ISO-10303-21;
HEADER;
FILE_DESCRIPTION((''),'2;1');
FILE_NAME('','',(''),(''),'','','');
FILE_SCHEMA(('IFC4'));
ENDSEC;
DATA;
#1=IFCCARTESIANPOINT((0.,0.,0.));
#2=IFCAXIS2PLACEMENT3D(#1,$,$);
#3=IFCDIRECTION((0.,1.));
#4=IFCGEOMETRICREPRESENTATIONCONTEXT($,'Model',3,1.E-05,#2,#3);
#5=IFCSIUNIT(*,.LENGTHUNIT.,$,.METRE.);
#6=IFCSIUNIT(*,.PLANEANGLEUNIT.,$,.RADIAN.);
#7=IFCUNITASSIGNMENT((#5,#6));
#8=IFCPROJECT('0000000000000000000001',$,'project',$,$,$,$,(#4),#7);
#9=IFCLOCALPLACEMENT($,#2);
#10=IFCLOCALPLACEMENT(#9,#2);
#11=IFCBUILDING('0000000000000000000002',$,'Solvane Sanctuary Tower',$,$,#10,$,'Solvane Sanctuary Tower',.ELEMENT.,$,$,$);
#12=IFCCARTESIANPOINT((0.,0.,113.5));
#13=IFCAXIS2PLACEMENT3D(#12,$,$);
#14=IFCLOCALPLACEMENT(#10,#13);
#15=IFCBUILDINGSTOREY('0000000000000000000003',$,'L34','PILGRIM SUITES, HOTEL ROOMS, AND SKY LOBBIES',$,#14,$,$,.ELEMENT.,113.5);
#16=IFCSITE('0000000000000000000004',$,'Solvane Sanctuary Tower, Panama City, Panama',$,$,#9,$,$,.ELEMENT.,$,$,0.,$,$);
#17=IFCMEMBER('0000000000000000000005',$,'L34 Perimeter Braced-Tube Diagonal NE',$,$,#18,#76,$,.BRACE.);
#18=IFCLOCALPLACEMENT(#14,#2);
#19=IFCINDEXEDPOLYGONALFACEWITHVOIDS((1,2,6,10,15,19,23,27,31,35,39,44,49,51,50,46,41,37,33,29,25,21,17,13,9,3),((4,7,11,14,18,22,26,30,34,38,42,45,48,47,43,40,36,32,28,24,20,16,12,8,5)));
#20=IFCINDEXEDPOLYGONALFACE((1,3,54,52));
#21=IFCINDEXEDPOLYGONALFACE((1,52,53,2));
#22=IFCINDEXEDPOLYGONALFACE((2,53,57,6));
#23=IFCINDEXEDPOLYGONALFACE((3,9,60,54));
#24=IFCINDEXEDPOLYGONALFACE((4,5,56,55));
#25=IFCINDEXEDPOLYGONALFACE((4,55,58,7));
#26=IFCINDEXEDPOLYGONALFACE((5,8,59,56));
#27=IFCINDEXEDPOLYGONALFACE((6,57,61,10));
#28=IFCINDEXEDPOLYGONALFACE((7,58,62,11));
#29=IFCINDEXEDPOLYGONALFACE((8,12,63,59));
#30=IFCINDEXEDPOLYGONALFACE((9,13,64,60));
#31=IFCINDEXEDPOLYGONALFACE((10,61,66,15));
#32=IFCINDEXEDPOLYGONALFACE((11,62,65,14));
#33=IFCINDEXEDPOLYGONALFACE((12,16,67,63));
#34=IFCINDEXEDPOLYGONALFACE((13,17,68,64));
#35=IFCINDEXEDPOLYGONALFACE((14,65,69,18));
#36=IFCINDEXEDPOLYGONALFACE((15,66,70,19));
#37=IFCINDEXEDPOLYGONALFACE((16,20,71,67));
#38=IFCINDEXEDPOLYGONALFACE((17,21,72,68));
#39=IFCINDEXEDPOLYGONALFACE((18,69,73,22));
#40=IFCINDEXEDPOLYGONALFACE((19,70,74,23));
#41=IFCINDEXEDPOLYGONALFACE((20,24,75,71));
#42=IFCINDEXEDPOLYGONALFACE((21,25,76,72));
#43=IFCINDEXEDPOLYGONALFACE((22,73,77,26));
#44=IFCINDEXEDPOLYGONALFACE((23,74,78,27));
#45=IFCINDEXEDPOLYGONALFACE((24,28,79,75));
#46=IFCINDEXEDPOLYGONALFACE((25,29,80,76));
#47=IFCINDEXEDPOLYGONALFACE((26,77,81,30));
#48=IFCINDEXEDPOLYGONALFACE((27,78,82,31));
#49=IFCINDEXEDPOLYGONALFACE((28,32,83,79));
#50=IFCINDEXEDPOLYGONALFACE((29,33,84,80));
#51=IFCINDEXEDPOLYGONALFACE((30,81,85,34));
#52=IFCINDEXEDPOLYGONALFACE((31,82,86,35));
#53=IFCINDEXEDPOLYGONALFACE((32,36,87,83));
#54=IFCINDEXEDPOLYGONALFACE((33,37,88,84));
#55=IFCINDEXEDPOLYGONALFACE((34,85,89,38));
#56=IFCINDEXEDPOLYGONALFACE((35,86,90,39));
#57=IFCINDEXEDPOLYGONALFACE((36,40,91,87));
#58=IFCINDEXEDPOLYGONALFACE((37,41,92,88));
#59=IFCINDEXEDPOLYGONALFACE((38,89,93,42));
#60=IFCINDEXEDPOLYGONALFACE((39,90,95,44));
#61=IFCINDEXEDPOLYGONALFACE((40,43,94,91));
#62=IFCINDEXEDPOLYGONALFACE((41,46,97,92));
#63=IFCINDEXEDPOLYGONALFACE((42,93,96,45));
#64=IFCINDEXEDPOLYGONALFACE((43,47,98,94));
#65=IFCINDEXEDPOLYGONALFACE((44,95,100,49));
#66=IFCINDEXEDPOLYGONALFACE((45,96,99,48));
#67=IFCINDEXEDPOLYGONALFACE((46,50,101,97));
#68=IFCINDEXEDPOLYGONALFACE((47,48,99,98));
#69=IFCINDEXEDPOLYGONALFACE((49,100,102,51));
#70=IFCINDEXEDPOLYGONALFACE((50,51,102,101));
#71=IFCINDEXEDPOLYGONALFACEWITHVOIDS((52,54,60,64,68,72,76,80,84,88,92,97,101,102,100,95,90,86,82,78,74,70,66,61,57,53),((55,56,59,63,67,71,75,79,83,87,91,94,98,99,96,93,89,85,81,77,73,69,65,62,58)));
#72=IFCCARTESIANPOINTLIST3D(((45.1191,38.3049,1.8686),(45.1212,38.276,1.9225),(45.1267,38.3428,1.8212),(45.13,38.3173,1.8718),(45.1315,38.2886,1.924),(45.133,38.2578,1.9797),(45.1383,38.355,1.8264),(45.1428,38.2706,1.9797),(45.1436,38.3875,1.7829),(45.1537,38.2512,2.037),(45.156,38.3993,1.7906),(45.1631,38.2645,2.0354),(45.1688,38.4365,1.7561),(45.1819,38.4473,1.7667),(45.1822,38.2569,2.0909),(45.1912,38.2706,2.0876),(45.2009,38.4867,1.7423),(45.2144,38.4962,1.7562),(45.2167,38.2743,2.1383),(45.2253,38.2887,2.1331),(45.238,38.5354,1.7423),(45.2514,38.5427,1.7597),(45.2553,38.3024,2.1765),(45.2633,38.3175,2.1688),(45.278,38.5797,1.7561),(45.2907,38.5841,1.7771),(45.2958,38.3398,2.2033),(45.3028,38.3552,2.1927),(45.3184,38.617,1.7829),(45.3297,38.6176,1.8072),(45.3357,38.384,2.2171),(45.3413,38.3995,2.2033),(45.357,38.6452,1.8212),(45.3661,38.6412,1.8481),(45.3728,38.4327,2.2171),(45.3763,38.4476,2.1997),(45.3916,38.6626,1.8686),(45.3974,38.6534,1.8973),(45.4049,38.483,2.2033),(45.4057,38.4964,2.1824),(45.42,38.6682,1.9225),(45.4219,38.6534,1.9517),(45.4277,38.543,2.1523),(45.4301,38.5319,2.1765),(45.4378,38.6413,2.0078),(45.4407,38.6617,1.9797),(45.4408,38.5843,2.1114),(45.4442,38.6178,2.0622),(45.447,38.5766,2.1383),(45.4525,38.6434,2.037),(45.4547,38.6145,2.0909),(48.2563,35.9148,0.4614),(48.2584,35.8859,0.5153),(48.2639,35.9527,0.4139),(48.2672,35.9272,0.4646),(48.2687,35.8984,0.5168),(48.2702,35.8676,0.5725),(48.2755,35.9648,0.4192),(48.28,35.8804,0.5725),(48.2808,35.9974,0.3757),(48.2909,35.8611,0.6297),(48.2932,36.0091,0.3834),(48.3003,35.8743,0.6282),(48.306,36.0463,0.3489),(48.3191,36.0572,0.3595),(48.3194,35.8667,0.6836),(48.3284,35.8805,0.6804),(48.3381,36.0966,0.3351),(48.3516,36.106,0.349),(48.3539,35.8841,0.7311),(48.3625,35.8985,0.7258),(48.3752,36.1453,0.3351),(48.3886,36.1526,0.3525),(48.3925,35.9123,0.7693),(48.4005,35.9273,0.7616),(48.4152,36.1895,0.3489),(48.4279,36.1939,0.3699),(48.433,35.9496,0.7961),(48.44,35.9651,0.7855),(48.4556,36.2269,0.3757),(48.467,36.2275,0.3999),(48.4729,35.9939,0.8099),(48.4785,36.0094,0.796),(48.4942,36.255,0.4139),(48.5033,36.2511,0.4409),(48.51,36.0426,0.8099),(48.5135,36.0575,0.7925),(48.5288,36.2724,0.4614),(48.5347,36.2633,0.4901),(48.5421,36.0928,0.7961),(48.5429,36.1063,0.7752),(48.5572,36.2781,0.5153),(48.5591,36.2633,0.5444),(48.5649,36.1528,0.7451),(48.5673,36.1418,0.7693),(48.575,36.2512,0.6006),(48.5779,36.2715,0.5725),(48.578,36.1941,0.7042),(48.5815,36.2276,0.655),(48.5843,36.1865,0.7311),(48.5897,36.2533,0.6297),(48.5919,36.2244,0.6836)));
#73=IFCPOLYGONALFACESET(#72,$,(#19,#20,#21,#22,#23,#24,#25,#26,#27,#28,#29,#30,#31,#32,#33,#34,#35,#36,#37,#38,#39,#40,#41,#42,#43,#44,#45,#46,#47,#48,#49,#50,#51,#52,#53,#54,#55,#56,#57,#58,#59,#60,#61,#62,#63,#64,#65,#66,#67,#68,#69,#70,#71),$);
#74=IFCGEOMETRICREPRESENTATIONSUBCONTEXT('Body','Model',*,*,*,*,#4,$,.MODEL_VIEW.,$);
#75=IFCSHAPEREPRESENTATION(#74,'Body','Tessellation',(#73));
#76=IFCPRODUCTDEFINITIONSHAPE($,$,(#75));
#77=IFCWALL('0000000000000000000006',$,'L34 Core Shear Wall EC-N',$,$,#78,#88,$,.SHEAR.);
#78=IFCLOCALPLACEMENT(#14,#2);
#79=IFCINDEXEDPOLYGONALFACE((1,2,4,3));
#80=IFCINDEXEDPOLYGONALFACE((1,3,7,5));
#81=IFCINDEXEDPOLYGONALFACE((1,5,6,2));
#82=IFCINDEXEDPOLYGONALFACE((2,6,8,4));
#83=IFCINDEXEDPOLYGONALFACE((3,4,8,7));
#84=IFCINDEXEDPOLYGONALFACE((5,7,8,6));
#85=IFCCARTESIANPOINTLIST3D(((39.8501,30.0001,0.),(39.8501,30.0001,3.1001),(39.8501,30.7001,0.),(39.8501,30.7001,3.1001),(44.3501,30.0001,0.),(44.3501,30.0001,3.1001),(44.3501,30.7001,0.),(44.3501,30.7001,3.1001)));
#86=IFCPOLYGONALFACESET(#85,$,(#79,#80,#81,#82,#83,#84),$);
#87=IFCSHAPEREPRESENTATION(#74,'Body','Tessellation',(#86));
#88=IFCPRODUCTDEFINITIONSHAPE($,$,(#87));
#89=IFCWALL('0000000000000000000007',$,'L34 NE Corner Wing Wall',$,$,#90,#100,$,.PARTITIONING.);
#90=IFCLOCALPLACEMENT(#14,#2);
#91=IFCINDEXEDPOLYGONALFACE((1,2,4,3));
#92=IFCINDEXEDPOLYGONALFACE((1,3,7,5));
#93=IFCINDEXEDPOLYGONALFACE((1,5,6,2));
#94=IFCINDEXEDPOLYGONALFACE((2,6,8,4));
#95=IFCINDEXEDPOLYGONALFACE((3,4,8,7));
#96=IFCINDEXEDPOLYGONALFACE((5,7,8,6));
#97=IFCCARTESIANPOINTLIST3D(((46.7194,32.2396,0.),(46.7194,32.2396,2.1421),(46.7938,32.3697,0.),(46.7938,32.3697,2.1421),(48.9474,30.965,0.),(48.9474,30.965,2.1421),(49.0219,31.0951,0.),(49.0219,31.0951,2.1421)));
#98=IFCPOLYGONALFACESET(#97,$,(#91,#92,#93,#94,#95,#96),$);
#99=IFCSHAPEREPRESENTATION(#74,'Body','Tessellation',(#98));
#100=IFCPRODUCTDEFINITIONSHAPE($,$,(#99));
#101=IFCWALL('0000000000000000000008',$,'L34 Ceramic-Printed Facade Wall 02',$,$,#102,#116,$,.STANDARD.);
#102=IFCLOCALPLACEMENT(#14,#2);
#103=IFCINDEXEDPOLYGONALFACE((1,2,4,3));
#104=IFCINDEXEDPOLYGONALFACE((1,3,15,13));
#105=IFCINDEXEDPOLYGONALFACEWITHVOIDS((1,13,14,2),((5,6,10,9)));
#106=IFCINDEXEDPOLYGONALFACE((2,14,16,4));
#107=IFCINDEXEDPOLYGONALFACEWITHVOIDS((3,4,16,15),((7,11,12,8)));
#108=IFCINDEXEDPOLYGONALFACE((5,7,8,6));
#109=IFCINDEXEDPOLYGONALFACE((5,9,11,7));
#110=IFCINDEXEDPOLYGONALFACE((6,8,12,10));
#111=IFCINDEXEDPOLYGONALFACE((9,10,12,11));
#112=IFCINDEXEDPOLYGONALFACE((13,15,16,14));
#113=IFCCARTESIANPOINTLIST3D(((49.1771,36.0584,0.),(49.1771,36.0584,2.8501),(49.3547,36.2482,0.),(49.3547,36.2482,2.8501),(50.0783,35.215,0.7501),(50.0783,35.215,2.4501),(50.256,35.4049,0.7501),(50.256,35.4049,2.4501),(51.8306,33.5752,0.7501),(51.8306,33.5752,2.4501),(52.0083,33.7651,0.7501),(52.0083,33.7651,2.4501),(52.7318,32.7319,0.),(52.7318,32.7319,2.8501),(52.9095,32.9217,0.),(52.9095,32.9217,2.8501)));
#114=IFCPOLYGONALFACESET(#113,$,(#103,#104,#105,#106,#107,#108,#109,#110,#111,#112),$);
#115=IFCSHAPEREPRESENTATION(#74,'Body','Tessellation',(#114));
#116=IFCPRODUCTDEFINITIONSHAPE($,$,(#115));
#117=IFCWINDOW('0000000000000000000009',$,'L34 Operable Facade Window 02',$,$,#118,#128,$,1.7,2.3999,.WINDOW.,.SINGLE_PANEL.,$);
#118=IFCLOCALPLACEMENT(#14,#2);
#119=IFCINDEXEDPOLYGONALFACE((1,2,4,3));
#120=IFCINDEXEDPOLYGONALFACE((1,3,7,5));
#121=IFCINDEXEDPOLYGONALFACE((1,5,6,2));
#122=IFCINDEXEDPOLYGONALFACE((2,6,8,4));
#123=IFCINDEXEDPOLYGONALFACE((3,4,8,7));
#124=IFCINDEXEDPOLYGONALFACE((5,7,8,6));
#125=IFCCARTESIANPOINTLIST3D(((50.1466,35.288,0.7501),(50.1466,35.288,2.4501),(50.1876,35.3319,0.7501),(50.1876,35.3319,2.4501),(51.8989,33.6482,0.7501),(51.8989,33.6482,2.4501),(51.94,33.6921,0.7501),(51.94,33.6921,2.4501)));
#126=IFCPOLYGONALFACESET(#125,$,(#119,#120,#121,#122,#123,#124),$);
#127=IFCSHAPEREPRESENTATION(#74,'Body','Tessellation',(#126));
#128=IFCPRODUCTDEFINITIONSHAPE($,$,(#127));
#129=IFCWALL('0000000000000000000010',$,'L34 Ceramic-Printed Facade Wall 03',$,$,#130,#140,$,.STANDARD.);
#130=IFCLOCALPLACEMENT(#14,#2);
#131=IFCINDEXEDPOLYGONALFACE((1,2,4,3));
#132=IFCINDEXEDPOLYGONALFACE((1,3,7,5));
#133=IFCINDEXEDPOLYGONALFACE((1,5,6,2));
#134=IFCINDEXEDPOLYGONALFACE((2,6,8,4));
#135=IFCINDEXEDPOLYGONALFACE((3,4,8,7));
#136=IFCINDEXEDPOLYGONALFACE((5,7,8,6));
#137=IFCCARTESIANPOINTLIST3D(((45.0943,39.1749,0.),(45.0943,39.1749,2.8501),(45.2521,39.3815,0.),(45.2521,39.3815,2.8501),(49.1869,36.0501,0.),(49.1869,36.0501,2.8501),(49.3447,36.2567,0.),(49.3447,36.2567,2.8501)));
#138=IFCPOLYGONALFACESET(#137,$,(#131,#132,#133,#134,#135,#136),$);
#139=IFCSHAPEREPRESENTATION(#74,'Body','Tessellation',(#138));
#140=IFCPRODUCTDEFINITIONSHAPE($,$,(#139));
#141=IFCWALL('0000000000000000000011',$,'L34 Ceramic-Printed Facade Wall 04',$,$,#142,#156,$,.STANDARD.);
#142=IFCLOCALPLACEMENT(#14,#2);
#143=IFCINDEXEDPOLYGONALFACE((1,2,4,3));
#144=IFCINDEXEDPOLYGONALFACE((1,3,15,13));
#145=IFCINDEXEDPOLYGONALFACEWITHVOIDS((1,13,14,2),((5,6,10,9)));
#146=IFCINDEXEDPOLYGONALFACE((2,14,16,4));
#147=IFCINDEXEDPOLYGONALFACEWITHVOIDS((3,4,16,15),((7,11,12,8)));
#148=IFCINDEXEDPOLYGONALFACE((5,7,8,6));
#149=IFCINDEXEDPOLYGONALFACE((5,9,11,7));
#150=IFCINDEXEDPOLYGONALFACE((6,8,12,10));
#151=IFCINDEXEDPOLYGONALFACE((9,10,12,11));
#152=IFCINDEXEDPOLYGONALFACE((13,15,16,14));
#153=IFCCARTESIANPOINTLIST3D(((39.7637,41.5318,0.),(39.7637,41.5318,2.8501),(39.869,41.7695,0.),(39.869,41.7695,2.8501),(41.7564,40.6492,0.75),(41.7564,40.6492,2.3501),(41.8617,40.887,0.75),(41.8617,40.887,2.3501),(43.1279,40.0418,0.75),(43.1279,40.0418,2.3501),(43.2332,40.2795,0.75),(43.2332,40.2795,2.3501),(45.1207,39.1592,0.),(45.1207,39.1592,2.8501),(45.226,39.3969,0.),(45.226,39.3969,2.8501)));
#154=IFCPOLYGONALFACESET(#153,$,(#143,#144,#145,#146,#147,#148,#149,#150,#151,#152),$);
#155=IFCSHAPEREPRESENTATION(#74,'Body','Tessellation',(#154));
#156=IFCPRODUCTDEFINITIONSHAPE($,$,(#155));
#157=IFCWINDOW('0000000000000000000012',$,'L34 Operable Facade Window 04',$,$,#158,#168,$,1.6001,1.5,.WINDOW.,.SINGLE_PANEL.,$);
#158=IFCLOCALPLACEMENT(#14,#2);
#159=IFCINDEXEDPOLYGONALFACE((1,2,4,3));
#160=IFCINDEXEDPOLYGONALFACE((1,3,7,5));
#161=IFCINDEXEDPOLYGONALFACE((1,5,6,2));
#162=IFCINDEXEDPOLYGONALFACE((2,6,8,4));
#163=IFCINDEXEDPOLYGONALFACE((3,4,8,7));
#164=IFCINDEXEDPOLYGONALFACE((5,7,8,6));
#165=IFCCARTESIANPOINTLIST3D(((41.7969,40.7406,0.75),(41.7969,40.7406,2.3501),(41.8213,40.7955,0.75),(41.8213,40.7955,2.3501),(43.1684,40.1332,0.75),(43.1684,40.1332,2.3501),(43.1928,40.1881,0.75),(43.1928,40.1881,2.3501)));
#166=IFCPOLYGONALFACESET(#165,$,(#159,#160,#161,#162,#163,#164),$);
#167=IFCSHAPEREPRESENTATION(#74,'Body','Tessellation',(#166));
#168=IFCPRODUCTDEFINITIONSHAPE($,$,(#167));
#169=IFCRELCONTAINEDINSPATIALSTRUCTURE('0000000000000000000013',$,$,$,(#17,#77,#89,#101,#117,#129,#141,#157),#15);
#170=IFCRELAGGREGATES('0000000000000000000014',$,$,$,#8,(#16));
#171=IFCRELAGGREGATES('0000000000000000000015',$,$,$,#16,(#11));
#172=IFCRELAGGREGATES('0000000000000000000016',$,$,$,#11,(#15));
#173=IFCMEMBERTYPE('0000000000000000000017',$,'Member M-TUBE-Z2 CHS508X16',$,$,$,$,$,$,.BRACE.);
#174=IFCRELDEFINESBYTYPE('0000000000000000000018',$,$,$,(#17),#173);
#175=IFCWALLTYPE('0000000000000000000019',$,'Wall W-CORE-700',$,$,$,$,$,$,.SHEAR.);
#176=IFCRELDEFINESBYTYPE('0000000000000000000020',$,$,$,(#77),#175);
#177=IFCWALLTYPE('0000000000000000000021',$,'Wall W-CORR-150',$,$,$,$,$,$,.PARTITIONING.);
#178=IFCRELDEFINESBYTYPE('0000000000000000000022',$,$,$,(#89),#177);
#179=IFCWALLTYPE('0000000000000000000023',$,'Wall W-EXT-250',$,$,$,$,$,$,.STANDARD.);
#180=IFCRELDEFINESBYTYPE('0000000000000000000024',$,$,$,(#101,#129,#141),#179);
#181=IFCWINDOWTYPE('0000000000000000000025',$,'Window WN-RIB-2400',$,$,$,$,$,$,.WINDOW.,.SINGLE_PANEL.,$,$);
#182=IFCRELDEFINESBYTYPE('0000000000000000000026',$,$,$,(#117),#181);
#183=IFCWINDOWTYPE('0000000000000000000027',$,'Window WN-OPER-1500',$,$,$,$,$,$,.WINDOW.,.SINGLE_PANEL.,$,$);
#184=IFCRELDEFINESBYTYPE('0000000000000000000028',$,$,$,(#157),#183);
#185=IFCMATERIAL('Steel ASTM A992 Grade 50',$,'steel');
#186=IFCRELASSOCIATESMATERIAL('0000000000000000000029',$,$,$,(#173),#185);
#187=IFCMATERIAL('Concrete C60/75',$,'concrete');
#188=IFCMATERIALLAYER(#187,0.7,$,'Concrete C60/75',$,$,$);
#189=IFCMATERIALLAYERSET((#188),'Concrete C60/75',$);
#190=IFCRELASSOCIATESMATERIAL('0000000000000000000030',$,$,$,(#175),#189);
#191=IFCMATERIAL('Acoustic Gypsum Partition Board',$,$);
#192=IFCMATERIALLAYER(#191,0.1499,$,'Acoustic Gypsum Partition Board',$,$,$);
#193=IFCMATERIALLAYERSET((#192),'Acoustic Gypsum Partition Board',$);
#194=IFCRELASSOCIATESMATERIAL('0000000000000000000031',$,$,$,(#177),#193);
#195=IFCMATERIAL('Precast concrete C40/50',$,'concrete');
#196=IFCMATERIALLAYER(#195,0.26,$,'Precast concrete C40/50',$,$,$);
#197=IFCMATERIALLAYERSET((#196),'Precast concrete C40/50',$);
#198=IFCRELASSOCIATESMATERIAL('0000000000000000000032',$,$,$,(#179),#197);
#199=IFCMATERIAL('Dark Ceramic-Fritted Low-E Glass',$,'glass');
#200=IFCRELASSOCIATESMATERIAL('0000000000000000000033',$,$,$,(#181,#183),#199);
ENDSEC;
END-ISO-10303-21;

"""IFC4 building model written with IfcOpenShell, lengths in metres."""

from ifc_helpers import new_model, si_unit, direction, frame, frame_2d, origin, origin_2d, place, context, subcontext, project, spatial, rectangle, hollow_circle, extrude, material, layer, layer_set, material_profile, profile_set, type_object, element, fill, save


model = new_model("IFC4")

# Units and contexts
model_context = context("Model", 3, precision=1e-05, world=origin(), true_north=direction((0.0, 1.0)))
body_context = subcontext(model_context, "Body", "Model", "MODEL_VIEW")
ifc_project = project(units=[si_unit("LENGTHUNIT", "METRE"), si_unit("PLANEANGLEUNIT", "RADIAN")], contexts=[model_context])

# Site, building, storey
site_placement = place(None, origin())
site = spatial("IfcSite", under=ifc_project, at=site_placement, Name="Solvane Sanctuary Tower, Panama City, Panama", CompositionType="ELEMENT", RefElevation=0.0)
building_placement = place(site_placement, origin())
building = spatial("IfcBuilding", under=site, at=building_placement, Name="Solvane Sanctuary Tower", LongName="Solvane Sanctuary Tower", CompositionType="ELEMENT")
storey_placement = place(building_placement, frame((0.0, 0.0, 113.5)))
storey = spatial("IfcBuildingStorey", under=building, at=storey_placement, Name="L34", Description="PILGRIM SUITES, HOTEL ROOMS, AND SKY LOBBIES", CompositionType="ELEMENT", Elevation=113.5)

# Shared definitions
ifc_material_1 = material(Name="Concrete C60/75", Category="concrete")

# Shared definitions
ifc_material_2 = material(Name="Steel ASTM A992 Grade 50", Category="steel")

# Member
ifc_material_profile_1 = material_profile(ifc_material_2, hollow_circle(Radius=0.2539, WallThickness=0.0161, at=origin_2d()), Name="CHS508X16")
ifc_profile_set_1 = profile_set([ifc_material_profile_1], Name="Steel ASTM A992 Grade 50")
member_type = type_object("IfcMemberType", Name="Member M-TUBE-Z2 CHS508X16", PredefinedType="BRACE", material=ifc_profile_set_1)
member_placement = place(storey_placement, frame((48.4241, 36.0696, 0.5725), z_axis=(-0.749185, 0.57078, 0.336055), x_axis=(-0.606025, -0.795446, 0.0)))
element("IfcMember", 1, at=member_placement, inside=storey, type_object=member_type, Name="L34 Perimeter Braced-Tube Diagonal NE", PredefinedType="BRACE", context=body_context, shape_type="SweptSolid", body=[
    extrude(hollow_circle(Radius=0.2539, WallThickness=0.0161, at=origin_2d()), origin(), (0.0, 0.0, 1.0), 4.1875),
])

# Walls
ifc_layer_1 = layer(ifc_material_1, 0.7, Name="Concrete C60/75")
ifc_layer_set_1 = layer_set([ifc_layer_1], Name="Concrete C60/75")
wall_type_1 = type_object("IfcWallType", Name="Wall W-CORE-700", PredefinedType="SHEAR", material=ifc_layer_set_1)
wall_1_placement = place(storey_placement, frame((39.8501, 30.3501, 0.0), z_axis=(0.0, 0.0, 1.0), x_axis=(1.0, 0.0, 0.0)))
element("IfcWall", 2, at=wall_1_placement, inside=storey, type_object=wall_type_1, Name="L34 Core Shear Wall EC-N", PredefinedType="SHEAR", context=body_context, shape_type="SweptSolid", body=[
    extrude(rectangle(XDim=4.5, YDim=0.7, at=frame_2d((2.25, 0.0))), origin(), (0.0, 0.0, 1.0), 3.1001),
])
ifc_material_3 = material(Name="Acoustic Gypsum Partition Board")
ifc_layer_2 = layer(ifc_material_3, 0.1499, Name="Acoustic Gypsum Partition Board")
ifc_layer_set_2 = layer_set([ifc_layer_2], Name="Acoustic Gypsum Partition Board")
wall_type_2 = type_object("IfcWallType", Name="Wall W-CORR-150", PredefinedType="PARTITIONING", material=ifc_layer_set_2)
wall_2_placement = place(storey_placement, frame((46.7566, 32.3047, 0.0), z_axis=(0.0, 0.0, 1.0), x_axis=(0.867991, -0.496579, 0.0)))
element("IfcWall", 3, at=wall_2_placement, inside=storey, type_object=wall_type_2, Name="L34 NE Corner Wing Wall", PredefinedType="PARTITIONING", context=body_context, shape_type="SweptSolid", body=[
    extrude(rectangle(XDim=2.5669, YDim=0.1499, at=frame_2d((1.2834, 0.0))), origin(), (0.0, 0.0, 1.0), 2.1421),
])

# Wall, opening, window
ifc_material_4 = material(Name="Precast concrete C40/50", Category="concrete")
ifc_layer_3 = layer(ifc_material_4, 0.26, Name="Precast concrete C40/50")
ifc_layer_set_3 = layer_set([ifc_layer_3], Name="Precast concrete C40/50")
wall_type_3 = type_object("IfcWallType", Name="Wall W-EXT-250", PredefinedType="STANDARD", material=ifc_layer_set_3)
wall_3_placement = place(storey_placement, frame((52.8206, 32.8269, 0.0), z_axis=(0.0, 0.0, 1.0), x_axis=(-0.730162, 0.683274, 0.0)))
wall_3 = element("IfcWall", 4, at=wall_3_placement, inside=storey, type_object=wall_type_3, Name="L34 Ceramic-Printed Facade Wall 02", PredefinedType="STANDARD", context=body_context, shape_type="SweptSolid", body=[
    extrude(rectangle(XDim=4.8684, YDim=0.26, at=frame_2d((2.4341, 0.0))), origin(), (0.0, 0.0, 1.0), 2.8501),
])
opening_1_placement = place(wall_3_placement, frame((1.2341, 0.0, 0.75)))
opening_1 = element("IfcOpeningElement", 5, at=opening_1_placement, cuts=wall_3, PredefinedType="OPENING", context=body_context, shape_type="SweptSolid", body=[
    extrude(rectangle(XDim=2.3999, YDim=1.7, at=frame_2d((1.2, 0.8501))), frame((0.0, 0.1399, 0.0), z_axis=(0.0, -1.0, 0.0), x_axis=(1.0, 0.0, 0.0)), (0.0, 0.0, 1.0), 0.28),
])
ifc_material_5 = material(Name="Dark Ceramic-Fritted Low-E Glass", Category="glass")
window_type_1 = type_object("IfcWindowType", Name="Window WN-RIB-2400", PartitioningType="SINGLE_PANEL", PredefinedType="WINDOW", material=ifc_material_5)
window_1_placement = place(opening_1_placement, origin())
window_1 = element("IfcWindow", 6, at=window_1_placement, inside=storey, type_object=window_type_1, Name="L34 Operable Facade Window 02", OverallHeight=1.7, OverallWidth=2.3999, PartitioningType="SINGLE_PANEL", PredefinedType="WINDOW", context=body_context, shape_type="SweptSolid", body=[
    extrude(rectangle(XDim=2.3999, YDim=1.7, at=frame_2d((1.2, 0.8501))), frame((0.0, 0.03, 0.0), z_axis=(0.0, -1.0, 0.0), x_axis=(1.0, 0.0, 0.0)), (0.0, 0.0, 1.0), 0.0601),
])
fill(opening_1, window_1)

# Wall
wall_4_placement = place(storey_placement, frame((49.2659, 36.1533, 0.0), z_axis=(0.0, 0.0, 1.0), x_axis=(-0.79481, 0.606859, 0.0)))
element("IfcWall", 7, at=wall_4_placement, inside=storey, type_object=wall_type_3, Name="L34 Ceramic-Printed Facade Wall 03", PredefinedType="STANDARD", context=body_context, shape_type="SweptSolid", body=[
    extrude(rectangle(XDim=5.1492, YDim=0.26, at=frame_2d((2.5747, 0.0))), origin(), (0.0, 0.0, 1.0), 2.8501),
])

# Wall, opening, window
wall_5_placement = place(storey_placement, frame((45.1733, 39.2781, 0.0), z_axis=(0.0, 0.0, 1.0), x_axis=(-0.914337, 0.404955, 0.0)))
wall_5 = element("IfcWall", 8, at=wall_5_placement, inside=storey, type_object=wall_type_3, Name="L34 Ceramic-Printed Facade Wall 04", PredefinedType="STANDARD", context=body_context, shape_type="SweptSolid", body=[
    extrude(rectangle(XDim=5.8589, YDim=0.26, at=frame_2d((2.9294, 0.0))), origin(), (0.0, 0.0, 1.0), 2.8501),
])
opening_2_placement = place(wall_5_placement, frame((2.1794, 0.0, 0.75)))
opening_2 = element("IfcOpeningElement", 9, at=opening_2_placement, cuts=wall_5, PredefinedType="OPENING", context=body_context, shape_type="SweptSolid", body=[
    extrude(rectangle(XDim=1.5, YDim=1.6001, at=frame_2d((0.75, 0.8))), frame((0.0, 0.1399, 0.0), z_axis=(0.0, -1.0, 0.0), x_axis=(1.0, 0.0, 0.0)), (0.0, 0.0, 1.0), 0.28),
])
window_type_2 = type_object("IfcWindowType", Name="Window WN-OPER-1500", PartitioningType="SINGLE_PANEL", PredefinedType="WINDOW", material=ifc_material_5)
window_2_placement = place(opening_2_placement, origin())
window_2 = element("IfcWindow", 10, at=window_2_placement, inside=storey, type_object=window_type_2, Name="L34 Operable Facade Window 04", OverallHeight=1.6001, OverallWidth=1.5, PartitioningType="SINGLE_PANEL", PredefinedType="WINDOW", context=body_context, shape_type="SweptSolid", body=[
    extrude(rectangle(XDim=1.5, YDim=1.6001, at=frame_2d((0.75, 0.8))), frame((0.0, 0.03, 0.0), z_axis=(0.0, -1.0, 0.0), x_axis=(1.0, 0.0, 0.0)), (0.0, 0.0, 1.0), 0.0601),
])
fill(opening_2, window_2)

save(model, "model.ifc")
